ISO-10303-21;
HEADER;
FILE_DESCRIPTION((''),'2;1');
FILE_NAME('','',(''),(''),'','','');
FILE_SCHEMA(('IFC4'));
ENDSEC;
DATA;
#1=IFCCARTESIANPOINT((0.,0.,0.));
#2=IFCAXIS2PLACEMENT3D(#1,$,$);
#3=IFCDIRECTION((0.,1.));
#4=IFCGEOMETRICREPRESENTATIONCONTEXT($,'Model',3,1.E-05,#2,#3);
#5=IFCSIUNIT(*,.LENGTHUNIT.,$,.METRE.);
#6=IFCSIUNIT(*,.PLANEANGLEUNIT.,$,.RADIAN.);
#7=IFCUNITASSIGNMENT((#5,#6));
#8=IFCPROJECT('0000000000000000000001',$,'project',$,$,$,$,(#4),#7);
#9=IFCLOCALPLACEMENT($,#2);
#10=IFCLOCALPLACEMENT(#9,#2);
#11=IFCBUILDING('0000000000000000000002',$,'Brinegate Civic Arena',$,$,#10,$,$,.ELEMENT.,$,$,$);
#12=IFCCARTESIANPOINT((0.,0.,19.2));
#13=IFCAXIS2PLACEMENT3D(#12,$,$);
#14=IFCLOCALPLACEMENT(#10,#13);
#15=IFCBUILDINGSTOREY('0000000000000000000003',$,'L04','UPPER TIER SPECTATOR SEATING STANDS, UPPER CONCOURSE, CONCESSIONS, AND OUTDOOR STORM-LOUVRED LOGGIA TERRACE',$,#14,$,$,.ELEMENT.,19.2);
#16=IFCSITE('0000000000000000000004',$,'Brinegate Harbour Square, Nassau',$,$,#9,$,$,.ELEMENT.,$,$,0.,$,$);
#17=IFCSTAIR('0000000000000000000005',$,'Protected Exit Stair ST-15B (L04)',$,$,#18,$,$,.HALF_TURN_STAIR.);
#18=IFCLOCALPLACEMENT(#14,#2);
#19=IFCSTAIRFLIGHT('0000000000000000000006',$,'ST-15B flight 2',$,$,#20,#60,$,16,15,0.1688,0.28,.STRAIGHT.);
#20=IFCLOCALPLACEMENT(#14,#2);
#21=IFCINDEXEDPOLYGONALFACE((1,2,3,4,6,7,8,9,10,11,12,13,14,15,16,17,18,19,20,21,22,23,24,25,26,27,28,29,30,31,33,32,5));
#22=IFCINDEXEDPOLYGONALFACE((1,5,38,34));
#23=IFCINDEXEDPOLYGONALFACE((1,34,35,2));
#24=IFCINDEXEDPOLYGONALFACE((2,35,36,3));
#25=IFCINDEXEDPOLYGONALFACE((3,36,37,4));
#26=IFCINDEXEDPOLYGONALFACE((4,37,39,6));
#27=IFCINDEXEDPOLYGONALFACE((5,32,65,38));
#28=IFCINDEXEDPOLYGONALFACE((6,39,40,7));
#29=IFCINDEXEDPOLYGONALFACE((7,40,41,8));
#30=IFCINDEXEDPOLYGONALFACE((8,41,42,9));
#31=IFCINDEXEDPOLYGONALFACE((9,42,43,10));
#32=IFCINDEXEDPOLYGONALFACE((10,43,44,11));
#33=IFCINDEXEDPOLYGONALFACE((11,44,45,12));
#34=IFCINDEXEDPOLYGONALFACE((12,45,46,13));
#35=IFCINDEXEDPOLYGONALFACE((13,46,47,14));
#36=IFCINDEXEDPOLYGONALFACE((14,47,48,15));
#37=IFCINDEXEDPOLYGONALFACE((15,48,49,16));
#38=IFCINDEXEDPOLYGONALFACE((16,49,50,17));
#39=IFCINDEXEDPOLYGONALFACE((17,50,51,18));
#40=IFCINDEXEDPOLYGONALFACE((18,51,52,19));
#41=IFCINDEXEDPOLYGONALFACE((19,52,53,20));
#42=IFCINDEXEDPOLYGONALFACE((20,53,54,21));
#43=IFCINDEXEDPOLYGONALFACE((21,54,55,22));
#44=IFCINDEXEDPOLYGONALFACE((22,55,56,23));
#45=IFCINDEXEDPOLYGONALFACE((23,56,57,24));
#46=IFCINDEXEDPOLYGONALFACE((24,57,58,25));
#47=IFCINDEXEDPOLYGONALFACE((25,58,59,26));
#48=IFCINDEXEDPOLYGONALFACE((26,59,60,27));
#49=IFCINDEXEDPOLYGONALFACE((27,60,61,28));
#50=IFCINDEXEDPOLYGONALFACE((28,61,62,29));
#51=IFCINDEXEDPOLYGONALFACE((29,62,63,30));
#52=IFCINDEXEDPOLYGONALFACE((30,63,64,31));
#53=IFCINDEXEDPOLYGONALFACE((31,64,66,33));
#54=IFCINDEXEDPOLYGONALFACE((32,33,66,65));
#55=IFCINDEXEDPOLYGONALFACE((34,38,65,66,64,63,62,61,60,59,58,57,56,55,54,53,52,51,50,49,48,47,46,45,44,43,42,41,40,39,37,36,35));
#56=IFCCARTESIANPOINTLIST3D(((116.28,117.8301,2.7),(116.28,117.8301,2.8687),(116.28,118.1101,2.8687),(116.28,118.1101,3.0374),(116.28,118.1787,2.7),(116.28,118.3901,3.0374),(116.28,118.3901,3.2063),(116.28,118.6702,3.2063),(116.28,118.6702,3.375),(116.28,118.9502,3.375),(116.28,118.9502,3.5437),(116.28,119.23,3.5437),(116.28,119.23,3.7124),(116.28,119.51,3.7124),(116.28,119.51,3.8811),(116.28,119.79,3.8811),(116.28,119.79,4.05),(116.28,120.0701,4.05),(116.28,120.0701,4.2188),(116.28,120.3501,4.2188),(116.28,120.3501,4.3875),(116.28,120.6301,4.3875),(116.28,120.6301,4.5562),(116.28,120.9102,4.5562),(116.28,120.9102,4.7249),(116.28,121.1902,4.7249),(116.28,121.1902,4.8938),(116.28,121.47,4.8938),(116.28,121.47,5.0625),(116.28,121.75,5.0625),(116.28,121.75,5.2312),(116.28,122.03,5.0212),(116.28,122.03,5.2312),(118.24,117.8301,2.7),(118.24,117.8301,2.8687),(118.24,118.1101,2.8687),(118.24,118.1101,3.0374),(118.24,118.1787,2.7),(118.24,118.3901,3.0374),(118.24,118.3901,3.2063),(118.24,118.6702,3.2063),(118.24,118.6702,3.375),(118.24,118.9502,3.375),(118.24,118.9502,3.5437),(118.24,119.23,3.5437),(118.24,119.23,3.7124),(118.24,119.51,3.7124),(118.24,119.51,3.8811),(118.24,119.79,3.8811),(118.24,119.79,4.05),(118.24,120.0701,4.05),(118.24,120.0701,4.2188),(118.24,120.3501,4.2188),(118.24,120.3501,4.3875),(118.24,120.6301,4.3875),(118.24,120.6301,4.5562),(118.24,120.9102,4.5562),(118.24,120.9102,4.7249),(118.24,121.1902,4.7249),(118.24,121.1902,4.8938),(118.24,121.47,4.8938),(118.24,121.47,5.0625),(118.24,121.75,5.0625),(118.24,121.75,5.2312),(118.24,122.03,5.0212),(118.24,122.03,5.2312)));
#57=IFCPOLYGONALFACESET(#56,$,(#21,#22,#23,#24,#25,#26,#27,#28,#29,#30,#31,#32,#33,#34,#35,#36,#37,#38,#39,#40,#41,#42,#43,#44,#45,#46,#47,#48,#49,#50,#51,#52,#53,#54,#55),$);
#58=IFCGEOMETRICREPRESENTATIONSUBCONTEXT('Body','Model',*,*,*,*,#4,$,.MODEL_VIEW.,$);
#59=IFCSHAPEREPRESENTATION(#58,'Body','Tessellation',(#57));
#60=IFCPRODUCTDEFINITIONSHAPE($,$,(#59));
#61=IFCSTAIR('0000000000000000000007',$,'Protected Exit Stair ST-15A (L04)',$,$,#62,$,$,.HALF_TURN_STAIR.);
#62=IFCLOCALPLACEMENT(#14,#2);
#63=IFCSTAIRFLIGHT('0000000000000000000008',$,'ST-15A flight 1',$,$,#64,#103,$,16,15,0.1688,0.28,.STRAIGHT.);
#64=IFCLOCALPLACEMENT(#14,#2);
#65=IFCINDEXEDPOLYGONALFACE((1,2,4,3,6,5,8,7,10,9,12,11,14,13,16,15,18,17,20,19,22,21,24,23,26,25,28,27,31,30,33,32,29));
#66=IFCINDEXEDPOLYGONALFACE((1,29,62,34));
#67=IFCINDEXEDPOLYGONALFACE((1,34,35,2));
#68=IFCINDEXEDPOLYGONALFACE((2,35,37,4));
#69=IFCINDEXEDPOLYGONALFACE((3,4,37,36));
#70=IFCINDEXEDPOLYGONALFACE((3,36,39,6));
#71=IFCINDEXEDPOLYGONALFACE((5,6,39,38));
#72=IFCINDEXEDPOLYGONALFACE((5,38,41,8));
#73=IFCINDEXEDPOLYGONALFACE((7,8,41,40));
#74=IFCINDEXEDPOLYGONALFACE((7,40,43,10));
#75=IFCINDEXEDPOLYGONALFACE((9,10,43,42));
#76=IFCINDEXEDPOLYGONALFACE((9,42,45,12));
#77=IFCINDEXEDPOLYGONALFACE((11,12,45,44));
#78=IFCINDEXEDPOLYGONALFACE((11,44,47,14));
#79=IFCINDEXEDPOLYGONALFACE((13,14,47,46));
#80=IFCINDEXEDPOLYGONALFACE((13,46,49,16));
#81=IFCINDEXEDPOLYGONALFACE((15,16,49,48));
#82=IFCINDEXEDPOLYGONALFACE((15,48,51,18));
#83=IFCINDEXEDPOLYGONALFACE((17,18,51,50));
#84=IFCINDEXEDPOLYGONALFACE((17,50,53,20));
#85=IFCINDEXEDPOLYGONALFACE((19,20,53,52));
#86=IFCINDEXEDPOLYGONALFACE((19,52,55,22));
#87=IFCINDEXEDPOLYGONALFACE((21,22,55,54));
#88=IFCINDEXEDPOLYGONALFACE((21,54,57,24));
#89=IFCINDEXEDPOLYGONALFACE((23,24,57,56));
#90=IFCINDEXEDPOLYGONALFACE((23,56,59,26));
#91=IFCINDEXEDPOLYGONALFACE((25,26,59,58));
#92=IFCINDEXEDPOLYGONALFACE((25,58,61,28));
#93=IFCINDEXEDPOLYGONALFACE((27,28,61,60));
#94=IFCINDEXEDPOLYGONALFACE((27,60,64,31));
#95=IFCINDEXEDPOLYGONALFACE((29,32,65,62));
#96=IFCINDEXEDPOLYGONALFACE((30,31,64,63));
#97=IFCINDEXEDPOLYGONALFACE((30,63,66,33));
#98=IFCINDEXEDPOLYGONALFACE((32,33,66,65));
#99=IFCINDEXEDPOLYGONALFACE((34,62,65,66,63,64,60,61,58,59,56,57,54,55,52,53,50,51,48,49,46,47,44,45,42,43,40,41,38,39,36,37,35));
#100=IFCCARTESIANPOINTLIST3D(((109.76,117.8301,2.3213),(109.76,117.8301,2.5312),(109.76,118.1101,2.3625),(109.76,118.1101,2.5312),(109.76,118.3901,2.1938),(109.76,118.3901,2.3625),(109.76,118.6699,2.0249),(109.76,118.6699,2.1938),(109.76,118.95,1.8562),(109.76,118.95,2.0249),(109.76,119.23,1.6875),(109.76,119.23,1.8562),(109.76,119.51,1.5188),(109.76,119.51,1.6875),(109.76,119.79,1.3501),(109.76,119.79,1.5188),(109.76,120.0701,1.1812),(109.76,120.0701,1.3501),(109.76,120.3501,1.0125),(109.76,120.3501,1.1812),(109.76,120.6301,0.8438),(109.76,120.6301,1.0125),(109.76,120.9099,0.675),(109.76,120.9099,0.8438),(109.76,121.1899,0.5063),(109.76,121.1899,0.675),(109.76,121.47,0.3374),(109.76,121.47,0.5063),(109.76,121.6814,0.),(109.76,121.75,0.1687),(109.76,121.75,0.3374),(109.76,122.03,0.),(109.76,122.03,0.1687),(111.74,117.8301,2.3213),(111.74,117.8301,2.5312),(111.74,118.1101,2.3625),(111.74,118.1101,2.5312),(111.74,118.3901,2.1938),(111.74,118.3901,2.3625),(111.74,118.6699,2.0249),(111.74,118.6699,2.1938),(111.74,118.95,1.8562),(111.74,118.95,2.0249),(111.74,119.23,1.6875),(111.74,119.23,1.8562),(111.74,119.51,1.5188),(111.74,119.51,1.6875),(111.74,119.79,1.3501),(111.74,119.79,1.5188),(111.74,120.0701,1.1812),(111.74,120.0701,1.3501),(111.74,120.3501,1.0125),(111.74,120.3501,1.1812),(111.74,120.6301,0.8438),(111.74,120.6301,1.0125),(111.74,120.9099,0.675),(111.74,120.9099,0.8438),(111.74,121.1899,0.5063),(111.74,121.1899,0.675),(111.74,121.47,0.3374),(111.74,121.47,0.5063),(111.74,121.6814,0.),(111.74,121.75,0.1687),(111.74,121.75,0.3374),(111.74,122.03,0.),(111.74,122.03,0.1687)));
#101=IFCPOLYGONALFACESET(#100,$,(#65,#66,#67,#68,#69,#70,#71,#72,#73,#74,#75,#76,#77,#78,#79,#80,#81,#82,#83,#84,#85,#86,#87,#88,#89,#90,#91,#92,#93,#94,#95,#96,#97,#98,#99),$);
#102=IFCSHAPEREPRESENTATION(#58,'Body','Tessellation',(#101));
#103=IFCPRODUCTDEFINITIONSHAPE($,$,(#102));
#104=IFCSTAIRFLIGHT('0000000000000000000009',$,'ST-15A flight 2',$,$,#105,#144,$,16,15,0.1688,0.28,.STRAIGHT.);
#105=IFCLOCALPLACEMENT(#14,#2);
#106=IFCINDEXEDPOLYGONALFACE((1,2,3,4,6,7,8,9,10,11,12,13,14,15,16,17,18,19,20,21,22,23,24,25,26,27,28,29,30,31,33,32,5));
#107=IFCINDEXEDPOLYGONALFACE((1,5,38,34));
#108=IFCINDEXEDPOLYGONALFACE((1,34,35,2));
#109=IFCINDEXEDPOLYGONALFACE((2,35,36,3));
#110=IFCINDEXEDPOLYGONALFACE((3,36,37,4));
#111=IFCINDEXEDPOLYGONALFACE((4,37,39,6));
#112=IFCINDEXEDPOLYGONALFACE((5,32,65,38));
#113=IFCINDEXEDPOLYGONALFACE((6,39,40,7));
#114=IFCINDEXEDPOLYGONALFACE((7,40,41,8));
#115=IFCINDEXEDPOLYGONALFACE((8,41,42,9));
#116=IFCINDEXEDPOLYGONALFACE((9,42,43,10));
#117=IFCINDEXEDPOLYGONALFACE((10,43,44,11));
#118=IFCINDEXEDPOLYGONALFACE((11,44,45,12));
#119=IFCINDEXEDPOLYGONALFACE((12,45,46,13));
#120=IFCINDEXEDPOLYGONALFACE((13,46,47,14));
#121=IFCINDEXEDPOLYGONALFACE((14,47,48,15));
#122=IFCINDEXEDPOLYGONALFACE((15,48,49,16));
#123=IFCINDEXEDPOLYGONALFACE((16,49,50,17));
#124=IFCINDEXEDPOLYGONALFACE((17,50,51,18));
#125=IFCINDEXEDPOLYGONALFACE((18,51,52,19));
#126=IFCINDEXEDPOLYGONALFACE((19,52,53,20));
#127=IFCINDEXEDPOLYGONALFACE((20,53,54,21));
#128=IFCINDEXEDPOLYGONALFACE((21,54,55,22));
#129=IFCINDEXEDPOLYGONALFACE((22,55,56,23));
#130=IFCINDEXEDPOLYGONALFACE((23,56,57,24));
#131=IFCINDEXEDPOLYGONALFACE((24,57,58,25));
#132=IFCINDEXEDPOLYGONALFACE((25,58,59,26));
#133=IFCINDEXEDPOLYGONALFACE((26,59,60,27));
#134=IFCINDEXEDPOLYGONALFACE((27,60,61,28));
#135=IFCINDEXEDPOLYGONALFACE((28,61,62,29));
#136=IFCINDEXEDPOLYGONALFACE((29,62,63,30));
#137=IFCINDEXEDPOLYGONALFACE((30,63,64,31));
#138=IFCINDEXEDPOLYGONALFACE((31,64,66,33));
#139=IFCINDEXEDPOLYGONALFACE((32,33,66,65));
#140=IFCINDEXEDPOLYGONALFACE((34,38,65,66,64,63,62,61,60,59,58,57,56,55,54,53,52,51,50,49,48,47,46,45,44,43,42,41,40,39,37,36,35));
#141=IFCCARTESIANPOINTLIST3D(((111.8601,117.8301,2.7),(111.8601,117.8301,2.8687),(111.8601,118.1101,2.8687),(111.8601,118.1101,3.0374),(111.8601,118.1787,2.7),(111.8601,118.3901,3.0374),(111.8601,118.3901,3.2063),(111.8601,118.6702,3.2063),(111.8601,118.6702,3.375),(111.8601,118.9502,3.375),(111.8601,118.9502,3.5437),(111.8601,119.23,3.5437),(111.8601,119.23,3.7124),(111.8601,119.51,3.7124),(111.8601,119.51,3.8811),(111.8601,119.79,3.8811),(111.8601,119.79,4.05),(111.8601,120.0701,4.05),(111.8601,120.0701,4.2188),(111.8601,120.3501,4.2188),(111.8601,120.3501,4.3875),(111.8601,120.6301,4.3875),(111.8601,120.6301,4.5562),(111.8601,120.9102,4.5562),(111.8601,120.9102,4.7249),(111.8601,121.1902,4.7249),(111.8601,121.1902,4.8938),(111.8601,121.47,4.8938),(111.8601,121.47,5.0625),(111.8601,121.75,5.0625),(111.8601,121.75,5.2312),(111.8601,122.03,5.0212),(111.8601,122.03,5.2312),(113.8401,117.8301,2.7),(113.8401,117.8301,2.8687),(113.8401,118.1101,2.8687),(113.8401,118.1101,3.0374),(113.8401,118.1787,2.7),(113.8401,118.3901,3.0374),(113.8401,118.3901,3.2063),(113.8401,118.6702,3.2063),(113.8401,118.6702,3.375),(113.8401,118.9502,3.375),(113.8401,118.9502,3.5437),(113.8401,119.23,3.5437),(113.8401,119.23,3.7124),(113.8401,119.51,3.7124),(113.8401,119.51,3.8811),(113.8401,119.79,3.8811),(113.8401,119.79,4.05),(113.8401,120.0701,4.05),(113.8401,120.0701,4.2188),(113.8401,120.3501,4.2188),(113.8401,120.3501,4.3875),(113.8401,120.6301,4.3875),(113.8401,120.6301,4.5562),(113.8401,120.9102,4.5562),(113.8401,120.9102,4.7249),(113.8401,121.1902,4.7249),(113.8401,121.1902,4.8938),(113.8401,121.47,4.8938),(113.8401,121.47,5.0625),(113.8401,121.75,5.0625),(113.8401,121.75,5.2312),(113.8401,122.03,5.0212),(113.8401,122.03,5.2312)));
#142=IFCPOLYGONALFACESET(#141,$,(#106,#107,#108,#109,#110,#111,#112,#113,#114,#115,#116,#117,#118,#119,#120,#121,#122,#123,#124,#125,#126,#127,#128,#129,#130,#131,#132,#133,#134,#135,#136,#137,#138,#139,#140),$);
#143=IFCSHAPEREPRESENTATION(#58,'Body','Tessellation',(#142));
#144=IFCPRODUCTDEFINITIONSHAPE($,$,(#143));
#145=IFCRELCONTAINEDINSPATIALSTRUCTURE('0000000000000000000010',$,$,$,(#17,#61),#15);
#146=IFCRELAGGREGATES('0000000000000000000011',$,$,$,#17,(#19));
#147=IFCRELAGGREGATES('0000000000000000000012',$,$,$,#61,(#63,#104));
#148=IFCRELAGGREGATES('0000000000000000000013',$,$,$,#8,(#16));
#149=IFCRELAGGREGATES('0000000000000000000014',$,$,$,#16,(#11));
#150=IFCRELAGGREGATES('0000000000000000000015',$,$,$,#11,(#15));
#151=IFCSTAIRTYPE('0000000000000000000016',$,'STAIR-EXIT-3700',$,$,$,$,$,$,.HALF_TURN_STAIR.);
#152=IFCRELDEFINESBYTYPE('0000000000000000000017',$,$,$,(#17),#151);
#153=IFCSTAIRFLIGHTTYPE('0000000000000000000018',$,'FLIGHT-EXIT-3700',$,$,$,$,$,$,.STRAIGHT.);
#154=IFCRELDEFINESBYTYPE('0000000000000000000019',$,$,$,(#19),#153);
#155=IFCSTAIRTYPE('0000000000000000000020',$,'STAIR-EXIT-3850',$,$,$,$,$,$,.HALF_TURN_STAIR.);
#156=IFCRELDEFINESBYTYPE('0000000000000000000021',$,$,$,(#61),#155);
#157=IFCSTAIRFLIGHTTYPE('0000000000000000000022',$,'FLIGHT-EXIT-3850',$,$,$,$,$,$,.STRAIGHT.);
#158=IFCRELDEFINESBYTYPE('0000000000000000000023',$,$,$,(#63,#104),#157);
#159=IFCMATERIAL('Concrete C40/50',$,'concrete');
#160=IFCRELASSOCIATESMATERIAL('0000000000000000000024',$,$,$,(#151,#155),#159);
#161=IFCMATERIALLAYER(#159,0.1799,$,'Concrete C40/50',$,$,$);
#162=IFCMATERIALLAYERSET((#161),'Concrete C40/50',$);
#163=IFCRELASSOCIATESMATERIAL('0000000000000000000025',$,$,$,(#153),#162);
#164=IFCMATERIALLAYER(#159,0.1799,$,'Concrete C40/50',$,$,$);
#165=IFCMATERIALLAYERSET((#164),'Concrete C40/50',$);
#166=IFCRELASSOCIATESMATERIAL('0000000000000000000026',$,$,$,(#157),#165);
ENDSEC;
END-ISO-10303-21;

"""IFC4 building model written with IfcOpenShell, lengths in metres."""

from ifc_helpers import new_model, si_unit, direction, frame, origin, place, context, subcontext, project, spatial, polyline, outline, extrude, material, layer, layer_set, type_object, element, aggregate, save


model = new_model("IFC4")

# Units and contexts
model_context = context("Model", 3, precision=1e-05, world=origin(), true_north=direction((0.0, 1.0)))
body_context = subcontext(model_context, "Body", "Model", "MODEL_VIEW")
ifc_project = project(units=[si_unit("LENGTHUNIT", "METRE"), si_unit("PLANEANGLEUNIT", "RADIAN")], contexts=[model_context])

# Site, building, storey
site_placement = place(None, origin())
site = spatial("IfcSite", under=ifc_project, at=site_placement, Name="Brinegate Harbour Square, Nassau", CompositionType="ELEMENT", RefElevation=0.0)
building_placement = place(site_placement, origin())
building = spatial("IfcBuilding", under=site, at=building_placement, Name="Brinegate Civic Arena", CompositionType="ELEMENT")
storey_placement = place(building_placement, frame((0.0, 0.0, 19.2)))
storey = spatial("IfcBuildingStorey", under=building, at=storey_placement, Name="L04", Description="UPPER TIER SPECTATOR SEATING STANDS, UPPER CONCOURSE, CONCESSIONS, AND OUTDOOR STORM-LOUVRED LOGGIA TERRACE", CompositionType="ELEMENT", Elevation=19.2)

# Shared definitions
ifc_material_1 = material(Name="Concrete C40/50", Category="concrete")

# Stairs, stair flights
stair_type_1 = type_object("IfcStairType", Name="STAIR-EXIT-3700", PredefinedType="HALF_TURN_STAIR", material=ifc_material_1)
stair_1_placement = place(storey_placement, origin())
stair_1 = element("IfcStair", 1, at=stair_1_placement, inside=storey, type_object=stair_type_1, Name="Protected Exit Stair ST-15B (L04)", PredefinedType="HALF_TURN_STAIR")
ifc_layer_1 = layer(ifc_material_1, 0.1799, Name="Concrete C40/50")
ifc_layer_set_1 = layer_set([ifc_layer_1], Name="Concrete C40/50")
stair_flight_type_1 = type_object("IfcStairFlightType", Name="FLIGHT-EXIT-3700", PredefinedType="STRAIGHT", material=ifc_layer_set_1)
stair_flight_1_placement = place(storey_placement, frame((117.26, 117.8301, 2.7), z_axis=(0.0, 0.0, 1.0), x_axis=(0.0, 1.0, 0.0)))
stair_flight_1 = element("IfcStairFlight", 2, at=stair_flight_1_placement, type_object=stair_flight_type_1, Name="ST-15B flight 2", NumberOfRisers=16, NumberOfTreads=15, PredefinedType="STRAIGHT", RiserHeight=0.1688, TreadLength=0.28, context=body_context, shape_type="SweptSolid", body=[
    extrude(outline(polyline([(0.0, 0.0), (0.0, 0.1687), (0.28, 0.1687), (0.28, 0.3374), (0.5601, 0.3374), (0.5601, 0.5063), (0.8401, 0.5063), (0.8401, 0.675), (1.1201, 0.675), (1.1201, 0.8438), (1.3999, 0.8438), (1.3999, 1.0125), (1.6799, 1.0125), (1.6799, 1.1812), (1.96, 1.1812), (1.96, 1.3501), (2.24, 1.3501), (2.24, 1.5188), (2.52, 1.5188), (2.52, 1.6875), (2.8, 1.6875), (2.8, 1.8562), (3.0801, 1.8562), (3.0801, 2.0249), (3.3601, 2.0249), (3.3601, 2.1938), (3.6399, 2.1938), (3.6399, 2.3625), (3.9199, 2.3625), (3.9199, 2.5312), (4.2, 2.5312), (4.2, 2.7), (4.2, 2.3213), (0.3486, 0.0), (0.0, 0.0)])), frame((0.0, 0.98, 0.0), z_axis=(0.0, -1.0, 0.0), x_axis=(1.0, 0.0, 0.0)), (0.0, 0.0, 1.0), 1.96),
])
aggregate(stair_1, [stair_flight_1])
stair_type_2 = type_object("IfcStairType", Name="STAIR-EXIT-3850", PredefinedType="HALF_TURN_STAIR", material=ifc_material_1)
stair_2_placement = place(storey_placement, origin())
stair_2 = element("IfcStair", 3, at=stair_2_placement, inside=storey, type_object=stair_type_2, Name="Protected Exit Stair ST-15A (L04)", PredefinedType="HALF_TURN_STAIR")
ifc_layer_2 = layer(ifc_material_1, 0.1799, Name="Concrete C40/50")
ifc_layer_set_2 = layer_set([ifc_layer_2], Name="Concrete C40/50")
stair_flight_type_2 = type_object("IfcStairFlightType", Name="FLIGHT-EXIT-3850", PredefinedType="STRAIGHT", material=ifc_layer_set_2)
stair_flight_2_placement = place(storey_placement, frame((110.75, 122.03, 0.0), z_axis=(0.0, 0.0, 1.0), x_axis=(0.0, -1.0, 0.0)))
stair_flight_2 = element("IfcStairFlight", 4, at=stair_flight_2_placement, type_object=stair_flight_type_2, Name="ST-15A flight 1", NumberOfRisers=16, NumberOfTreads=15, PredefinedType="STRAIGHT", RiserHeight=0.1688, TreadLength=0.28, context=body_context, shape_type="SweptSolid", body=[
    extrude(outline(polyline([(0.0, 0.0), (0.0, 0.1687), (0.28, 0.1687), (0.28, 0.3374), (0.5601, 0.3374), (0.5601, 0.5063), (0.8401, 0.5063), (0.8401, 0.675), (1.1201, 0.675), (1.1201, 0.8438), (1.3999, 0.8438), (1.3999, 1.0125), (1.6799, 1.0125), (1.6799, 1.1812), (1.96, 1.1812), (1.96, 1.3501), (2.24, 1.3501), (2.24, 1.5188), (2.52, 1.5188), (2.52, 1.6875), (2.8, 1.6875), (2.8, 1.8562), (3.0801, 1.8562), (3.0801, 2.0249), (3.3601, 2.0249), (3.3601, 2.1938), (3.6399, 2.1938), (3.6399, 2.3625), (3.9199, 2.3625), (3.9199, 2.5312), (4.2, 2.5312), (4.2, 2.7), (4.2, 2.3213), (0.3486, 0.0), (0.0, 0.0)])), frame((0.0, 0.99, 0.0), z_axis=(0.0, -1.0, 0.0), x_axis=(1.0, 0.0, 0.0)), (0.0, 0.0, 1.0), 1.98),
])
stair_flight_3_placement = place(storey_placement, frame((112.8501, 117.8301, 2.7), z_axis=(0.0, 0.0, 1.0), x_axis=(0.0, 1.0, 0.0)))
stair_flight_3 = element("IfcStairFlight", 5, at=stair_flight_3_placement, type_object=stair_flight_type_2, Name="ST-15A flight 2", NumberOfRisers=16, NumberOfTreads=15, PredefinedType="STRAIGHT", RiserHeight=0.1688, TreadLength=0.28, context=body_context, shape_type="SweptSolid", body=[
    extrude(outline(polyline([(0.0, 0.0), (0.0, 0.1687), (0.28, 0.1687), (0.28, 0.3374), (0.5601, 0.3374), (0.5601, 0.5063), (0.8401, 0.5063), (0.8401, 0.675), (1.1201, 0.675), (1.1201, 0.8438), (1.3999, 0.8438), (1.3999, 1.0125), (1.6799, 1.0125), (1.6799, 1.1812), (1.96, 1.1812), (1.96, 1.3501), (2.24, 1.3501), (2.24, 1.5188), (2.52, 1.5188), (2.52, 1.6875), (2.8, 1.6875), (2.8, 1.8562), (3.0801, 1.8562), (3.0801, 2.0249), (3.3601, 2.0249), (3.3601, 2.1938), (3.6399, 2.1938), (3.6399, 2.3625), (3.9199, 2.3625), (3.9199, 2.5312), (4.2, 2.5312), (4.2, 2.7), (4.2, 2.3213), (0.3486, 0.0), (0.0, 0.0)])), frame((0.0, 0.99, 0.0), z_axis=(0.0, -1.0, 0.0), x_axis=(1.0, 0.0, 0.0)), (0.0, 0.0, 1.0), 1.98),
])
aggregate(stair_2, [stair_flight_2, stair_flight_3])

save(model, "model.ifc")
